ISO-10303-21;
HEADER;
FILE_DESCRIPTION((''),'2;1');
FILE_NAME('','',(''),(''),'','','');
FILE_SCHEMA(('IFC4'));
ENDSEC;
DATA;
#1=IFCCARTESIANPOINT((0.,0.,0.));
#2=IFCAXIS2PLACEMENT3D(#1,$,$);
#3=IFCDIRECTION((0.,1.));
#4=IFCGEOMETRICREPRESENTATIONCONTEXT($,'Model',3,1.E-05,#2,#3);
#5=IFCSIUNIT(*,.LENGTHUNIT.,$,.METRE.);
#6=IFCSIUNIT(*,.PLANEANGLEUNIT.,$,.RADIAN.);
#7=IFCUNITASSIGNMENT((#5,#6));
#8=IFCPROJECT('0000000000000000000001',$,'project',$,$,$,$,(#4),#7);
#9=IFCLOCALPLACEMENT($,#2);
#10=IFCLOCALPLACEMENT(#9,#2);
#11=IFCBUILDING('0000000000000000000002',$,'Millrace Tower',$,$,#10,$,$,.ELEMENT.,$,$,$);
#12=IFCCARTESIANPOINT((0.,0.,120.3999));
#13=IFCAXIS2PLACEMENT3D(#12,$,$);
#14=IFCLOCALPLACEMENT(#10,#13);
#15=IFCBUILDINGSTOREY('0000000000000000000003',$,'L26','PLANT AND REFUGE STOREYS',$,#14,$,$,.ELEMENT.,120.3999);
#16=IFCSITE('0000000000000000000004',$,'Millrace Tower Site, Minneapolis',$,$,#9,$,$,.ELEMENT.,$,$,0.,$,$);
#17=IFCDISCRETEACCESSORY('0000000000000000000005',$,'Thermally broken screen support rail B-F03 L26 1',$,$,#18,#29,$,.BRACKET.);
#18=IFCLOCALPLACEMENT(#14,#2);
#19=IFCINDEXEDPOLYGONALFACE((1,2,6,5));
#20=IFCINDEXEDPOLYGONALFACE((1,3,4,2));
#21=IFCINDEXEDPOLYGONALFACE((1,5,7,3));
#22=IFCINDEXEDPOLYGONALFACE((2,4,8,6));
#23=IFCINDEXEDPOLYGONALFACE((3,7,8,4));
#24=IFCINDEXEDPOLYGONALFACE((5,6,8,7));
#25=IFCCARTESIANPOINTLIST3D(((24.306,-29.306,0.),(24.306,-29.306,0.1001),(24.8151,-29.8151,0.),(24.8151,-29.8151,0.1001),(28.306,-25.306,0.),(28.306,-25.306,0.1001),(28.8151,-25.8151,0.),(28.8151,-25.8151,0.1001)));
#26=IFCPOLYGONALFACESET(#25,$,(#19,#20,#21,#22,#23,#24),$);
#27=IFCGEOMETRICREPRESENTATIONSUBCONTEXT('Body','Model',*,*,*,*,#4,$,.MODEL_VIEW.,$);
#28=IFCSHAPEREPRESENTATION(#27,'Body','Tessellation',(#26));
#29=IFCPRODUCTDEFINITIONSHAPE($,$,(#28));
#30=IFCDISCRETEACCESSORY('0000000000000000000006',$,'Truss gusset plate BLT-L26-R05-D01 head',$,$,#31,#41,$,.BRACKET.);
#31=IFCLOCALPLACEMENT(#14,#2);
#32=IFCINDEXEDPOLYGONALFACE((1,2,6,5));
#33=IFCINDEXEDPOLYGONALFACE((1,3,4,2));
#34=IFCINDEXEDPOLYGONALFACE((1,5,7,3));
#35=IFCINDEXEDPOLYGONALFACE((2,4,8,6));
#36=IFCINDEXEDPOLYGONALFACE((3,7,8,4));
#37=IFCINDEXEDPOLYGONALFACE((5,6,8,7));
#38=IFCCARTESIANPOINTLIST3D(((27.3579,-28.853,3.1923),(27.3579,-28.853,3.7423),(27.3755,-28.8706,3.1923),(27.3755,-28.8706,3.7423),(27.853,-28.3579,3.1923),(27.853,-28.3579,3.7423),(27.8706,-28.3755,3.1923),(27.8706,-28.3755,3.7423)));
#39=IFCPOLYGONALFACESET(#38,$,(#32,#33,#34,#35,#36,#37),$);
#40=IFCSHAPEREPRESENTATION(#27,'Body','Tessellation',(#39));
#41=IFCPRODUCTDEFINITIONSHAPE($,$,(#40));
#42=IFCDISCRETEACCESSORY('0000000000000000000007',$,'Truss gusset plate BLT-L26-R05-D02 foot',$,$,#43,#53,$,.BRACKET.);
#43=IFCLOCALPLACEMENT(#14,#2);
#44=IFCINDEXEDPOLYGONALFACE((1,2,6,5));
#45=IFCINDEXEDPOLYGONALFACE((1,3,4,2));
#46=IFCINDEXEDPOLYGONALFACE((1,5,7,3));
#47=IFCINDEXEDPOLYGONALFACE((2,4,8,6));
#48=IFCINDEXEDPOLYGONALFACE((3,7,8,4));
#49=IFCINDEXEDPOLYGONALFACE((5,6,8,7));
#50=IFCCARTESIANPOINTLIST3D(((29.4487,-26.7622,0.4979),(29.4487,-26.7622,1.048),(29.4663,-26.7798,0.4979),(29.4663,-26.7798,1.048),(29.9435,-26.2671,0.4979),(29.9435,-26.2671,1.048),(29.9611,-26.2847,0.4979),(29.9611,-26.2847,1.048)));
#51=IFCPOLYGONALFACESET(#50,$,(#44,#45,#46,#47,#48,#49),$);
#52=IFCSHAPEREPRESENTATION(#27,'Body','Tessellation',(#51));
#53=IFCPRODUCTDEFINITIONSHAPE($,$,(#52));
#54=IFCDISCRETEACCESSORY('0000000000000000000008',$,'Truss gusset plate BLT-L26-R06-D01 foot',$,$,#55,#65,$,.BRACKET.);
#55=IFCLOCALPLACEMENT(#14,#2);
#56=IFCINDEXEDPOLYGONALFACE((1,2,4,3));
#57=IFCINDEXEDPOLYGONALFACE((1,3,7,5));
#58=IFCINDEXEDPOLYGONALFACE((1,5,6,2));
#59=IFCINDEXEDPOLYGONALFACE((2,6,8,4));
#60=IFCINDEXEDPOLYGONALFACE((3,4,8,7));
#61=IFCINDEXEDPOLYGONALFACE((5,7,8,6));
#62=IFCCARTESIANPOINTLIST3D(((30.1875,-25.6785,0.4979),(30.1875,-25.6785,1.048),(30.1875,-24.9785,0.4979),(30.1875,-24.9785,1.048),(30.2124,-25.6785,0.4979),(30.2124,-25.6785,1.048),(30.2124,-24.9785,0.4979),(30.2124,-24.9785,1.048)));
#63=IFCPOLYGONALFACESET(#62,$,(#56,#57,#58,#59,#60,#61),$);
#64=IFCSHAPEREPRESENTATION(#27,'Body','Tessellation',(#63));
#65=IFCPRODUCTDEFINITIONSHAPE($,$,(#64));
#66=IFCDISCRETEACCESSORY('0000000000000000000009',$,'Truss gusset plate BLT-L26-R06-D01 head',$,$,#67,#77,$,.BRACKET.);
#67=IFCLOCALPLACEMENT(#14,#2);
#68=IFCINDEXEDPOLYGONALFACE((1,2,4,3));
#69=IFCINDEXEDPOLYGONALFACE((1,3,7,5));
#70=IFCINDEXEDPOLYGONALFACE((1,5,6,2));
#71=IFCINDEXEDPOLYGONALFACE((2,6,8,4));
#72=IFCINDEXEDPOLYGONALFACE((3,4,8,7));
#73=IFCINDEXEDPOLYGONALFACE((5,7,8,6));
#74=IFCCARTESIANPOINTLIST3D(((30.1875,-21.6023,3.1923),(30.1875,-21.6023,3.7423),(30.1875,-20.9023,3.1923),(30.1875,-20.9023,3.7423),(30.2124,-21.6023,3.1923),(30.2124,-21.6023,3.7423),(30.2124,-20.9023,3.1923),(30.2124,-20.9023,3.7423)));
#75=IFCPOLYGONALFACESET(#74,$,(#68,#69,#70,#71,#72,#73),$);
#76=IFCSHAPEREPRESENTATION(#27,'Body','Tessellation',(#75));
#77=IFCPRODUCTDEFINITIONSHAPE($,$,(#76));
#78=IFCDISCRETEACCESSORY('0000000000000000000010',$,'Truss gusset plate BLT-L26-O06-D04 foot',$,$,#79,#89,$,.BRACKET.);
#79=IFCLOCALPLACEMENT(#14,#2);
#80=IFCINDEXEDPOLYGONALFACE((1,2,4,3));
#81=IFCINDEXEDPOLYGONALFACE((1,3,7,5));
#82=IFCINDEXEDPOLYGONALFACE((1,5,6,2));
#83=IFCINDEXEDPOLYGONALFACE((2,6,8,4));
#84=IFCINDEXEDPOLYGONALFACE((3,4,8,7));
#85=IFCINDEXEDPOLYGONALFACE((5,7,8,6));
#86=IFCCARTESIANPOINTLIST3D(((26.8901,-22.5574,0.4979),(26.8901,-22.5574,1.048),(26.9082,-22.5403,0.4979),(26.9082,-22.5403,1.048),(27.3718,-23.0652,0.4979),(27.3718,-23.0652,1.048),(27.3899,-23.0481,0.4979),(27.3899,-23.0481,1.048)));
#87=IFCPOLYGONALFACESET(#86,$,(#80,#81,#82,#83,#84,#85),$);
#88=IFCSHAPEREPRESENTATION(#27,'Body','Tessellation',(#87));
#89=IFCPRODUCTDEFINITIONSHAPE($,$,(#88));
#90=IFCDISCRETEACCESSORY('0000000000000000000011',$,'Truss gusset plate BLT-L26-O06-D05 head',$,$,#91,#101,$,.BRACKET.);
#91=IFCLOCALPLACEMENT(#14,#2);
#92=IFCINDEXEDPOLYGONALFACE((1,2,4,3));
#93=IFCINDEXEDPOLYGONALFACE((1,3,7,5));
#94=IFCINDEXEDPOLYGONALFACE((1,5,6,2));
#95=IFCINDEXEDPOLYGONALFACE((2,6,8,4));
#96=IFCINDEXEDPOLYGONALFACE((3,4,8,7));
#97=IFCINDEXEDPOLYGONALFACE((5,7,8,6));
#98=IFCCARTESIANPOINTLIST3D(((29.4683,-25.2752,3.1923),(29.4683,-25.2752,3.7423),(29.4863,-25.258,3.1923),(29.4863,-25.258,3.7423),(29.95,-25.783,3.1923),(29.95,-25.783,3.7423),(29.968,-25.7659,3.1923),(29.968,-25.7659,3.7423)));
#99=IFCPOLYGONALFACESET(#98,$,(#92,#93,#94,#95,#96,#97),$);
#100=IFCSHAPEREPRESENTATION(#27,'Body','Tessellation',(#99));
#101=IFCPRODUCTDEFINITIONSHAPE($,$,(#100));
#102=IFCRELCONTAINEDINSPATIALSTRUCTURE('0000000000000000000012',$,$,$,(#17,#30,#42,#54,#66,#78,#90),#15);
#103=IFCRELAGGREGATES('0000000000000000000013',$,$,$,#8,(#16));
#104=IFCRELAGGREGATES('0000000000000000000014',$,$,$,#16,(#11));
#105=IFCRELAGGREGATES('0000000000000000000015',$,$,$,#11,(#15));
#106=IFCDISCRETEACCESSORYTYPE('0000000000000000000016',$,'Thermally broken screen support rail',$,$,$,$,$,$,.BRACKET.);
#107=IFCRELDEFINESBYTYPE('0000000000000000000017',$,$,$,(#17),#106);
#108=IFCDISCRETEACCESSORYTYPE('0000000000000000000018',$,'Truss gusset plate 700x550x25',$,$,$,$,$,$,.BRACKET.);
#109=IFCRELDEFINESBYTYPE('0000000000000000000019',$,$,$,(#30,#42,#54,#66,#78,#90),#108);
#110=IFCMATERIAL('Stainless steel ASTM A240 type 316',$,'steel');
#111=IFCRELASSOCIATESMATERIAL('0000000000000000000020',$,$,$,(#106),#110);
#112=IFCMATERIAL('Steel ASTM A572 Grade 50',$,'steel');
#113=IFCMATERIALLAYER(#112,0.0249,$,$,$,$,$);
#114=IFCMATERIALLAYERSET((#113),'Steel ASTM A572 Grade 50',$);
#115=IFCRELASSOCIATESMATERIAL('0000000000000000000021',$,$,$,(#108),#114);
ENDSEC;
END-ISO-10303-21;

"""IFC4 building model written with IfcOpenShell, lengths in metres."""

from ifc_helpers import new_model, si_unit, direction, frame, origin, origin_2d, place, context, subcontext, project, spatial, rectangle, extrude, material, layer, layer_set, type_object, element, save


model = new_model("IFC4")

# Units and contexts
model_context = context("Model", 3, precision=1e-05, world=origin(), true_north=direction((0.0, 1.0)))
body_context = subcontext(model_context, "Body", "Model", "MODEL_VIEW")
ifc_project = project(units=[si_unit("LENGTHUNIT", "METRE"), si_unit("PLANEANGLEUNIT", "RADIAN")], contexts=[model_context])

# Site, building, storey
site_placement = place(None, origin())
site = spatial("IfcSite", under=ifc_project, at=site_placement, Name="Millrace Tower Site, Minneapolis", CompositionType="ELEMENT", RefElevation=0.0)
building_placement = place(site_placement, origin())
building = spatial("IfcBuilding", under=site, at=building_placement, Name="Millrace Tower", CompositionType="ELEMENT")
storey_placement = place(building_placement, frame((0.0, 0.0, 120.3999)))
storey = spatial("IfcBuildingStorey", under=building, at=storey_placement, Name="L26", Description="PLANT AND REFUGE STOREYS", CompositionType="ELEMENT", Elevation=120.3999)

# Discrete accessories
ifc_material_1 = material(Name="Stainless steel ASTM A240 type 316", Category="steel")
discrete_accessory_type_1 = type_object("IfcDiscreteAccessoryType", Name="Thermally broken screen support rail", PredefinedType="BRACKET", material=ifc_material_1)
discrete_accessory_1_placement = place(storey_placement, frame((26.5605, -27.5605, 0.0), z_axis=(0.0, 0.0, 1.0), x_axis=(0.707107, 0.707107, 0.0)))
element("IfcDiscreteAccessory", 1, at=discrete_accessory_1_placement, inside=storey, type_object=discrete_accessory_type_1, Name="Thermally broken screen support rail B-F03 L26 1", PredefinedType="BRACKET", context=body_context, shape_type="SweptSolid", body=[
    extrude(rectangle(XDim=5.6567, YDim=0.72, at=origin_2d()), origin(), (0.0, 0.0, 1.0), 0.1001),
])
ifc_material_2 = material(Name="Steel ASTM A572 Grade 50", Category="steel")
ifc_layer_1 = layer(ifc_material_2, 0.0249)
ifc_layer_set_1 = layer_set([ifc_layer_1], Name="Steel ASTM A572 Grade 50")
discrete_accessory_type_2 = type_object("IfcDiscreteAccessoryType", Name="Truss gusset plate 700x550x25", PredefinedType="BRACKET", material=ifc_layer_set_1)
discrete_accessory_2_placement = place(storey_placement, frame((27.3667, -28.8618, 3.4673), z_axis=(0.707107, 0.707107, 0.0), x_axis=(-0.707107, 0.707107, 0.0)))
element("IfcDiscreteAccessory", 2, at=discrete_accessory_2_placement, inside=storey, type_object=discrete_accessory_type_2, Name="Truss gusset plate BLT-L26-R05-D01 head", PredefinedType="BRACKET", context=body_context, shape_type="SweptSolid", body=[
    extrude(rectangle(XDim=0.0249, YDim=0.55, at=origin_2d()), origin(), (0.0, 0.0, 1.0), 0.7002),
])
for number, where, z_axis, x_axis, name in (
    (3, (29.4575, -26.771, 0.7729), (0.706932, 0.707281, 0.0), (-0.707281, 0.706932, 0.0), "Truss gusset plate BLT-L26-R05-D02 foot"),
    (4, (30.2, -25.6785, 0.7729), (0.0, 1.0, 0.0), (-1.0, 0.0, 0.0), "Truss gusset plate BLT-L26-R06-D01 foot"),
    (5, (30.2, -21.6023, 3.4673), (0.0, 1.0, 0.0), (-1.0, 0.0, 0.0), "Truss gusset plate BLT-L26-R06-D01 head"),
    (6, (26.8992, -22.5488, 0.7729), (0.688199, -0.725522, 0.0), (0.725522, 0.688199, 0.0), "Truss gusset plate BLT-L26-O06-D04 foot"),
    (7, (29.4773, -25.2666, 3.4673), (0.688199, -0.725522, 0.0), (0.725522, 0.688199, 0.0), "Truss gusset plate BLT-L26-O06-D05 head"),
):
    element("IfcDiscreteAccessory", number, at=place(storey_placement, frame(where, z_axis=z_axis, x_axis=x_axis)), inside=storey, type_object=discrete_accessory_type_2, Name=name, PredefinedType="BRACKET", context=body_context, shape_type="SweptSolid", body=[
        extrude(rectangle(XDim=0.0249, YDim=0.55, at=origin_2d()), origin(), (0.0, 0.0, 1.0), 0.7),
    ])

save(model, "model.ifc")
